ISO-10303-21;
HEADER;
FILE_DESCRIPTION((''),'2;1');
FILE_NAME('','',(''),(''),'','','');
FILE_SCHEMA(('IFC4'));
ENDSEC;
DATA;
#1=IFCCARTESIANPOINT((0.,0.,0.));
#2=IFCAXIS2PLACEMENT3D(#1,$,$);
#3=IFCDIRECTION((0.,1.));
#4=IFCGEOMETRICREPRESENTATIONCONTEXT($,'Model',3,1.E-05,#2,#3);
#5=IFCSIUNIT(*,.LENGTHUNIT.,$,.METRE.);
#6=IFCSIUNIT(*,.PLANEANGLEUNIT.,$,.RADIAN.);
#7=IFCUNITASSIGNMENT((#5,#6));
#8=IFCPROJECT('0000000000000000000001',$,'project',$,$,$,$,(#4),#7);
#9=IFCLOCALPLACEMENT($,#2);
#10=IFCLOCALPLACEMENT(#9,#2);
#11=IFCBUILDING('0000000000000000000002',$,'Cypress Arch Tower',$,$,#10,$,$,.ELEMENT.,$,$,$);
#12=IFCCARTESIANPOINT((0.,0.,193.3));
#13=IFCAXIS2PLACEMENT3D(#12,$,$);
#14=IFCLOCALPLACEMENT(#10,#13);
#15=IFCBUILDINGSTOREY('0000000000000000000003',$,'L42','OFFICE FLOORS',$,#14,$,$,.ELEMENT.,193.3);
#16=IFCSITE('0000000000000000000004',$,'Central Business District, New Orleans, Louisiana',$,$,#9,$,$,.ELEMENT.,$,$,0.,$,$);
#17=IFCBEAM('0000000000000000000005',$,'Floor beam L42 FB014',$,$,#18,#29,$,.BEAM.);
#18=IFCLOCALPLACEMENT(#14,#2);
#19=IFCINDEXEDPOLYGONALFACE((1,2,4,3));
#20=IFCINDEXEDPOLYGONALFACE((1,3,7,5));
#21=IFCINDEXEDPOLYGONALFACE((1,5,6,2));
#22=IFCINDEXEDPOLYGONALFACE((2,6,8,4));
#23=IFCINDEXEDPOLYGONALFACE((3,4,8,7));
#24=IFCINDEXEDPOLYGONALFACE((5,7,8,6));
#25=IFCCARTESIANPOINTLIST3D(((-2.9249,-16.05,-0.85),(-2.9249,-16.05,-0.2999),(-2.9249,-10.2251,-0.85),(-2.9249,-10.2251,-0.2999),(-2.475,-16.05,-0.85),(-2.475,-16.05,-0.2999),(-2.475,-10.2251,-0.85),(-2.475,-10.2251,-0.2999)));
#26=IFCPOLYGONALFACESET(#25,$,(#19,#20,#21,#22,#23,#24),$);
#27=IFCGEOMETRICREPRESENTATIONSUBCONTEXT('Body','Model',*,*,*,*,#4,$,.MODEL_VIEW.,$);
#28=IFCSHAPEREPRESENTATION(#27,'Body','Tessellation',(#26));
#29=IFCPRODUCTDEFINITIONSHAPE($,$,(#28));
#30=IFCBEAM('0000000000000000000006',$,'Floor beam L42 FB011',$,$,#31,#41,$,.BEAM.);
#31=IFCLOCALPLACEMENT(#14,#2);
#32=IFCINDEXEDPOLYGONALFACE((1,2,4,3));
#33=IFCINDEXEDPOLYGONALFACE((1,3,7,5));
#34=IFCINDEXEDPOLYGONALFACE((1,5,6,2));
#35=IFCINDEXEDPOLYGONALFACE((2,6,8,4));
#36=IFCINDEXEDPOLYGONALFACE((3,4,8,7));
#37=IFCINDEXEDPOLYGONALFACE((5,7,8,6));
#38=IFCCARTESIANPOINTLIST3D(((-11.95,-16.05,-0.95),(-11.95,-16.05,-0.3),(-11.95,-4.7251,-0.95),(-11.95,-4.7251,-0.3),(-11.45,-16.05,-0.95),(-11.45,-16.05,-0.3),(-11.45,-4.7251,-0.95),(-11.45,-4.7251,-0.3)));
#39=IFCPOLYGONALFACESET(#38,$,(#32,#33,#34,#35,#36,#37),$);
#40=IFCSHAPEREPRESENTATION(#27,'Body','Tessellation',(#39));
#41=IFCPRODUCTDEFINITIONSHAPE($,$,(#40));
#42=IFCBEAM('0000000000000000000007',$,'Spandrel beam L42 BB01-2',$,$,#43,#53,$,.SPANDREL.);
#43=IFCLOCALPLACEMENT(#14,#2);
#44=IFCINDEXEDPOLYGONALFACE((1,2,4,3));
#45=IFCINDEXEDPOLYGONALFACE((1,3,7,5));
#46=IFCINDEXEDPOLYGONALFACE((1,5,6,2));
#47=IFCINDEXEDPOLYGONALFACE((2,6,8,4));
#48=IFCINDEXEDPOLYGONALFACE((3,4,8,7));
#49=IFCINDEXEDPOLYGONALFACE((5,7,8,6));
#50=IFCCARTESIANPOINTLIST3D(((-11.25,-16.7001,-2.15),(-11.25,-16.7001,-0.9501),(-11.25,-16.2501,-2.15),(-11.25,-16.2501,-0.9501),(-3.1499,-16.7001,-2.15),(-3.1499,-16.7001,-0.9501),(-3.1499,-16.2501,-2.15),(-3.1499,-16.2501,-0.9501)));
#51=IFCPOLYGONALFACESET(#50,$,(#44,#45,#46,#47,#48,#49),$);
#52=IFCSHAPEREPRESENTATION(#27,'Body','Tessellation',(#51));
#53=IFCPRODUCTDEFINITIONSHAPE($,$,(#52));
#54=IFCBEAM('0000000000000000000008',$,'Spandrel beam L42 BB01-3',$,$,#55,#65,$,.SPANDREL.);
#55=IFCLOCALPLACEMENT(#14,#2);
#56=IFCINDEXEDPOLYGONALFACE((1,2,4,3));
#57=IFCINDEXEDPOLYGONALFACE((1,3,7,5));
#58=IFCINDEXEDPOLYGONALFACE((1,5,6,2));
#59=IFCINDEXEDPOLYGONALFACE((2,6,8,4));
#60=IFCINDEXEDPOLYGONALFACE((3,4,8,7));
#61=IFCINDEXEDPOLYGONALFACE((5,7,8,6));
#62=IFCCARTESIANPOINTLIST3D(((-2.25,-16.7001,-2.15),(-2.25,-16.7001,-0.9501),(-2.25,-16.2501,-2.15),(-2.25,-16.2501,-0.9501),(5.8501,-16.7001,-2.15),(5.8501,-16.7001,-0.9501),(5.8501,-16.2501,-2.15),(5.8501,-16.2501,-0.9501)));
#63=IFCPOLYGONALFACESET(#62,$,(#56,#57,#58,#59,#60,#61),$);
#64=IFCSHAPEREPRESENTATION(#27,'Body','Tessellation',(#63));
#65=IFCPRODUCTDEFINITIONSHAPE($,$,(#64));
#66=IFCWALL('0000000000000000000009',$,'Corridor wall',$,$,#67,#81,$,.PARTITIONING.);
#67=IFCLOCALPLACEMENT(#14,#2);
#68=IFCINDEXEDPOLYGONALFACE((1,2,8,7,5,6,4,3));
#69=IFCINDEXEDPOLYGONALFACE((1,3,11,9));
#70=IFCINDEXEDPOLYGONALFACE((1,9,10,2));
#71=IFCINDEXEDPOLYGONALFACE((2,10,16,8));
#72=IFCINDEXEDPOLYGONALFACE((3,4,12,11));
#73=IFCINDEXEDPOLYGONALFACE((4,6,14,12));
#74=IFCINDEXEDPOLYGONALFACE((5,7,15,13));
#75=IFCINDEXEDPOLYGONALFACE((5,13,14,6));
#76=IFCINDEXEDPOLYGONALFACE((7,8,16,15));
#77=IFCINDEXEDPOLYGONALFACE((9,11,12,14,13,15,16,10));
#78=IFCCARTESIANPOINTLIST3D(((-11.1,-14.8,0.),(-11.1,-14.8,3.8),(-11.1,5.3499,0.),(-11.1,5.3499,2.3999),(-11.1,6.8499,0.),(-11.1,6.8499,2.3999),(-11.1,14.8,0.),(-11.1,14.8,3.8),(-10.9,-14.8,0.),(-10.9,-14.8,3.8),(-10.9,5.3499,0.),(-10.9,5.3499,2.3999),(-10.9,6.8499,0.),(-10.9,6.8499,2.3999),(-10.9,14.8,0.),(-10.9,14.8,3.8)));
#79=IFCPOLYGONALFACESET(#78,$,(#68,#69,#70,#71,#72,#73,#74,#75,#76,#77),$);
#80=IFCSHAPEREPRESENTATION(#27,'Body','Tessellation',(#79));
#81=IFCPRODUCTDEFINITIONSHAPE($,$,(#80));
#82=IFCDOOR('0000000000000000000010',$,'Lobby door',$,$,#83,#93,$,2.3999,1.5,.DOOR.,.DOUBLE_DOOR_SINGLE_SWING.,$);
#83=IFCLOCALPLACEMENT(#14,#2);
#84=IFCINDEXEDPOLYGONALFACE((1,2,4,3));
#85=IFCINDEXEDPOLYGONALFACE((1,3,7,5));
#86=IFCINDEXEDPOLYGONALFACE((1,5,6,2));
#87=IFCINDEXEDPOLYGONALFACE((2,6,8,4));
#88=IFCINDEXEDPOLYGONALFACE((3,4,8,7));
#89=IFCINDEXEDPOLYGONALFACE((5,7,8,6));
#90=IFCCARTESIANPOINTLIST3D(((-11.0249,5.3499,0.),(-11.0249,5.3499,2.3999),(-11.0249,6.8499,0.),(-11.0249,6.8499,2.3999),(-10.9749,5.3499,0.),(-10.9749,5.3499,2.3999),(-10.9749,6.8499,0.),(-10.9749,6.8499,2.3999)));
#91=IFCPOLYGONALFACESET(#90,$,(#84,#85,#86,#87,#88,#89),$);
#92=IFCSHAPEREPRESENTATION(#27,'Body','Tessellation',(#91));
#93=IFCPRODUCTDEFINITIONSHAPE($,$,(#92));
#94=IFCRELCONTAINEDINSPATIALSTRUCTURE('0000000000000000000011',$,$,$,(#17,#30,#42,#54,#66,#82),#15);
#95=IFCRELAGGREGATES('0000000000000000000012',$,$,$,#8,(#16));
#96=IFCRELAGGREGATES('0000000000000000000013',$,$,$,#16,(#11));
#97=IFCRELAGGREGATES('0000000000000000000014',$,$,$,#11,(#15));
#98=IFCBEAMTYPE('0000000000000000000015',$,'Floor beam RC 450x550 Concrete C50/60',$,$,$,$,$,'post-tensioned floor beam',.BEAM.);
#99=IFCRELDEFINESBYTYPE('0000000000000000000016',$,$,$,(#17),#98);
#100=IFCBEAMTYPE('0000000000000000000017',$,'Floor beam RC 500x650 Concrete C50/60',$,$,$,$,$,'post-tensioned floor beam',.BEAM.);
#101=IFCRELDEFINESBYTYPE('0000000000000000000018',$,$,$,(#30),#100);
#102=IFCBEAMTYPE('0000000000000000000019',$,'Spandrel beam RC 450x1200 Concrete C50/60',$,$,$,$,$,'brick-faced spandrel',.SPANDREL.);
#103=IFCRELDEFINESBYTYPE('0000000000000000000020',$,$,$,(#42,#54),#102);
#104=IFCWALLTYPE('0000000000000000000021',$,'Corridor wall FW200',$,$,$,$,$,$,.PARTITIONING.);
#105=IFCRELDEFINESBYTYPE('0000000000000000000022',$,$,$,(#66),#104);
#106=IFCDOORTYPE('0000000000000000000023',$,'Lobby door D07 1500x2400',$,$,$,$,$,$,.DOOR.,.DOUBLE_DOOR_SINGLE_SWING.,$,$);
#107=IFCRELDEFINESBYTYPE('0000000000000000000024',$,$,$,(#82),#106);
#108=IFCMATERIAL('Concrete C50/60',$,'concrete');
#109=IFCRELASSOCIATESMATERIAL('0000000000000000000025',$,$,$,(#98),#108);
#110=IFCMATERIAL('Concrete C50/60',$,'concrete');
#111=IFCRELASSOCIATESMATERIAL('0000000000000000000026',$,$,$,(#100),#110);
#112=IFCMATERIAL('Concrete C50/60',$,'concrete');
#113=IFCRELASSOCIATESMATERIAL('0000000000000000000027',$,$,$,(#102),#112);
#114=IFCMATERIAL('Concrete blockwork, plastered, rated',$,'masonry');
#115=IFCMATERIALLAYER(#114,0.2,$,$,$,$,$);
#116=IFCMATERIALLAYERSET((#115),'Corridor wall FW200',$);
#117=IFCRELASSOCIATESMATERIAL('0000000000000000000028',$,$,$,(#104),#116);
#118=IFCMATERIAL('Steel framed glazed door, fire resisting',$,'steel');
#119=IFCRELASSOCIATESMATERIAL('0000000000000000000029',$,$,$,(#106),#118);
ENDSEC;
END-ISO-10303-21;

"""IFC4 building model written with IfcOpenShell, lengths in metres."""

from ifc_helpers import new_model, si_unit, direction, frame, frame_2d, origin, origin_2d, place, context, subcontext, project, spatial, rectangle, extrude, material, layer, layer_set, material_profile, profile_set, type_object, element, fill, save


model = new_model("IFC4")

# Units and contexts
model_context = context("Model", 3, precision=1e-05, world=origin(), true_north=direction((0.0, 1.0)))
body_context = subcontext(model_context, "Body", "Model", "MODEL_VIEW")
ifc_project = project(units=[si_unit("LENGTHUNIT", "METRE"), si_unit("PLANEANGLEUNIT", "RADIAN")], contexts=[model_context])

# Site, building, storey
site_placement = place(None, origin())
site = spatial("IfcSite", under=ifc_project, at=site_placement, Name="Central Business District, New Orleans, Louisiana", CompositionType="ELEMENT", RefElevation=0.0)
building_placement = place(site_placement, origin())
building = spatial("IfcBuilding", under=site, at=building_placement, Name="Cypress Arch Tower", CompositionType="ELEMENT")
storey_placement = place(building_placement, frame((0.0, 0.0, 193.3)))
storey = spatial("IfcBuildingStorey", under=building, at=storey_placement, Name="L42", Description="OFFICE FLOORS", CompositionType="ELEMENT", Elevation=193.3)

# Beams
ifc_material_1 = material(Name="Concrete C50/60", Category="concrete")
ifc_material_profile_1 = material_profile(ifc_material_1, rectangle(XDim=0.45, YDim=0.55, at=origin_2d()), Name="RC 450x550")
ifc_profile_set_1 = profile_set([ifc_material_profile_1], Name="Concrete C50/60")
beam_type_1 = type_object("IfcBeamType", Name="Floor beam RC 450x550 Concrete C50/60", ElementType="post-tensioned floor beam", PredefinedType="BEAM", material=ifc_profile_set_1)
beam_1_placement = place(storey_placement, frame((-2.7, -16.05, -0.575), z_axis=(0.0, 1.0, 0.0), x_axis=(-1.0, 0.0, 0.0)))
element("IfcBeam", 1, at=beam_1_placement, inside=storey, type_object=beam_type_1, Name="Floor beam L42 FB014", PredefinedType="BEAM", context=body_context, shape_type="SweptSolid", body=[
    extrude(rectangle(XDim=0.45, YDim=0.55, at=origin_2d()), origin(), (0.0, 0.0, 1.0), 5.825),
])
ifc_material_2 = material(Name="Concrete C50/60", Category="concrete")
ifc_material_profile_2 = material_profile(ifc_material_2, rectangle(XDim=0.5, YDim=0.6499, at=origin_2d()), Name="RC 500x650")
ifc_profile_set_2 = profile_set([ifc_material_profile_2], Name="Concrete C50/60")
beam_type_2 = type_object("IfcBeamType", Name="Floor beam RC 500x650 Concrete C50/60", ElementType="post-tensioned floor beam", PredefinedType="BEAM", material=ifc_profile_set_2)
beam_2_placement = place(storey_placement, frame((-11.7, -16.05, -0.625), z_axis=(0.0, 1.0, 0.0), x_axis=(-1.0, 0.0, 0.0)))
element("IfcBeam", 2, at=beam_2_placement, inside=storey, type_object=beam_type_2, Name="Floor beam L42 FB011", PredefinedType="BEAM", context=body_context, shape_type="SweptSolid", body=[
    extrude(rectangle(XDim=0.5, YDim=0.6499, at=origin_2d()), origin(), (0.0, 0.0, 1.0), 11.325),
])
ifc_material_3 = material(Name="Concrete C50/60", Category="concrete")
ifc_material_profile_3 = material_profile(ifc_material_3, rectangle(XDim=0.45, YDim=1.2, at=origin_2d()), Name="RC 450x1200")
ifc_profile_set_3 = profile_set([ifc_material_profile_3], Name="Concrete C50/60")
beam_type_3 = type_object("IfcBeamType", Name="Spandrel beam RC 450x1200 Concrete C50/60", ElementType="brick-faced spandrel", PredefinedType="SPANDREL", material=ifc_profile_set_3)
for number, where, z_axis, x_axis, name in (
    (3, (-11.25, -16.4751, -1.55), (1.0, 0.0, 0.0), (0.0, 1.0, 0.0), "Spandrel beam L42 BB01-2"),
    (4, (-2.25, -16.4751, -1.55), (1.0, 0.0, 0.0), (0.0, 1.0, 0.0), "Spandrel beam L42 BB01-3"),
):
    element("IfcBeam", number, at=place(storey_placement, frame(where, z_axis=z_axis, x_axis=x_axis)), inside=storey, type_object=beam_type_3, Name=name, PredefinedType="SPANDREL", context=body_context, shape_type="SweptSolid", body=[
        extrude(rectangle(XDim=0.45, YDim=1.2, at=origin_2d()), origin(), (0.0, 0.0, 1.0), 8.1001),
    ])

# Shared definitions
ifc_material_4 = material(Name="Concrete blockwork, plastered, rated", Category="masonry")
ifc_layer_1 = layer(ifc_material_4, 0.2)
ifc_layer_set_1 = layer_set([ifc_layer_1], Name="Corridor wall FW200")
wall_type_1 = type_object("IfcWallType", Name="Corridor wall FW200", PredefinedType="PARTITIONING", material=ifc_layer_set_1)

# Wall, opening, door
wall_1_placement = place(storey_placement, frame((-11.0, -14.8, 0.0), z_axis=(0.0, 0.0, 1.0), x_axis=(0.0, 1.0, 0.0)))
wall_1 = element("IfcWall", 5, at=wall_1_placement, inside=storey, type_object=wall_type_1, Name="Corridor wall", PredefinedType="PARTITIONING", context=body_context, shape_type="SweptSolid", body=[
    extrude(rectangle(XDim=29.6001, YDim=0.2, at=frame_2d((14.8, 0.0))), origin(), (0.0, 0.0, 1.0), 3.8),
])
opening_1_placement = place(wall_1_placement, frame((20.1499, 0.0, 0.0)))
opening_1 = element("IfcOpeningElement", 6, at=opening_1_placement, cuts=wall_1, PredefinedType="OPENING", context=body_context, shape_type="SweptSolid", body=[
    extrude(rectangle(XDim=1.5, YDim=2.3999, at=frame_2d((0.75, 1.2))), frame((0.0, 0.1099, 0.0), z_axis=(0.0, -1.0, 0.0), x_axis=(1.0, 0.0, 0.0)), (0.0, 0.0, 1.0), 0.22),
])
ifc_material_5 = material(Name="Steel framed glazed door, fire resisting", Category="steel")
door_type_1 = type_object("IfcDoorType", Name="Lobby door D07 1500x2400", OperationType="DOUBLE_DOOR_SINGLE_SWING", PredefinedType="DOOR", material=ifc_material_5)
door_1_placement = place(opening_1_placement, origin())
door_1 = element("IfcDoor", 7, at=door_1_placement, inside=storey, type_object=door_type_1, Name="Lobby door", OperationType="DOUBLE_DOOR_SINGLE_SWING", OverallHeight=2.3999, OverallWidth=1.5, PredefinedType="DOOR", context=body_context, shape_type="SweptSolid", body=[
    extrude(rectangle(XDim=1.5, YDim=2.3999, at=frame_2d((0.75, 1.2))), frame((0.0, 0.0249, 0.0), z_axis=(0.0, -1.0, 0.0), x_axis=(1.0, 0.0, 0.0)), (0.0, 0.0, 1.0), 0.05),
])
fill(opening_1, door_1)

save(model, "model.ifc")
